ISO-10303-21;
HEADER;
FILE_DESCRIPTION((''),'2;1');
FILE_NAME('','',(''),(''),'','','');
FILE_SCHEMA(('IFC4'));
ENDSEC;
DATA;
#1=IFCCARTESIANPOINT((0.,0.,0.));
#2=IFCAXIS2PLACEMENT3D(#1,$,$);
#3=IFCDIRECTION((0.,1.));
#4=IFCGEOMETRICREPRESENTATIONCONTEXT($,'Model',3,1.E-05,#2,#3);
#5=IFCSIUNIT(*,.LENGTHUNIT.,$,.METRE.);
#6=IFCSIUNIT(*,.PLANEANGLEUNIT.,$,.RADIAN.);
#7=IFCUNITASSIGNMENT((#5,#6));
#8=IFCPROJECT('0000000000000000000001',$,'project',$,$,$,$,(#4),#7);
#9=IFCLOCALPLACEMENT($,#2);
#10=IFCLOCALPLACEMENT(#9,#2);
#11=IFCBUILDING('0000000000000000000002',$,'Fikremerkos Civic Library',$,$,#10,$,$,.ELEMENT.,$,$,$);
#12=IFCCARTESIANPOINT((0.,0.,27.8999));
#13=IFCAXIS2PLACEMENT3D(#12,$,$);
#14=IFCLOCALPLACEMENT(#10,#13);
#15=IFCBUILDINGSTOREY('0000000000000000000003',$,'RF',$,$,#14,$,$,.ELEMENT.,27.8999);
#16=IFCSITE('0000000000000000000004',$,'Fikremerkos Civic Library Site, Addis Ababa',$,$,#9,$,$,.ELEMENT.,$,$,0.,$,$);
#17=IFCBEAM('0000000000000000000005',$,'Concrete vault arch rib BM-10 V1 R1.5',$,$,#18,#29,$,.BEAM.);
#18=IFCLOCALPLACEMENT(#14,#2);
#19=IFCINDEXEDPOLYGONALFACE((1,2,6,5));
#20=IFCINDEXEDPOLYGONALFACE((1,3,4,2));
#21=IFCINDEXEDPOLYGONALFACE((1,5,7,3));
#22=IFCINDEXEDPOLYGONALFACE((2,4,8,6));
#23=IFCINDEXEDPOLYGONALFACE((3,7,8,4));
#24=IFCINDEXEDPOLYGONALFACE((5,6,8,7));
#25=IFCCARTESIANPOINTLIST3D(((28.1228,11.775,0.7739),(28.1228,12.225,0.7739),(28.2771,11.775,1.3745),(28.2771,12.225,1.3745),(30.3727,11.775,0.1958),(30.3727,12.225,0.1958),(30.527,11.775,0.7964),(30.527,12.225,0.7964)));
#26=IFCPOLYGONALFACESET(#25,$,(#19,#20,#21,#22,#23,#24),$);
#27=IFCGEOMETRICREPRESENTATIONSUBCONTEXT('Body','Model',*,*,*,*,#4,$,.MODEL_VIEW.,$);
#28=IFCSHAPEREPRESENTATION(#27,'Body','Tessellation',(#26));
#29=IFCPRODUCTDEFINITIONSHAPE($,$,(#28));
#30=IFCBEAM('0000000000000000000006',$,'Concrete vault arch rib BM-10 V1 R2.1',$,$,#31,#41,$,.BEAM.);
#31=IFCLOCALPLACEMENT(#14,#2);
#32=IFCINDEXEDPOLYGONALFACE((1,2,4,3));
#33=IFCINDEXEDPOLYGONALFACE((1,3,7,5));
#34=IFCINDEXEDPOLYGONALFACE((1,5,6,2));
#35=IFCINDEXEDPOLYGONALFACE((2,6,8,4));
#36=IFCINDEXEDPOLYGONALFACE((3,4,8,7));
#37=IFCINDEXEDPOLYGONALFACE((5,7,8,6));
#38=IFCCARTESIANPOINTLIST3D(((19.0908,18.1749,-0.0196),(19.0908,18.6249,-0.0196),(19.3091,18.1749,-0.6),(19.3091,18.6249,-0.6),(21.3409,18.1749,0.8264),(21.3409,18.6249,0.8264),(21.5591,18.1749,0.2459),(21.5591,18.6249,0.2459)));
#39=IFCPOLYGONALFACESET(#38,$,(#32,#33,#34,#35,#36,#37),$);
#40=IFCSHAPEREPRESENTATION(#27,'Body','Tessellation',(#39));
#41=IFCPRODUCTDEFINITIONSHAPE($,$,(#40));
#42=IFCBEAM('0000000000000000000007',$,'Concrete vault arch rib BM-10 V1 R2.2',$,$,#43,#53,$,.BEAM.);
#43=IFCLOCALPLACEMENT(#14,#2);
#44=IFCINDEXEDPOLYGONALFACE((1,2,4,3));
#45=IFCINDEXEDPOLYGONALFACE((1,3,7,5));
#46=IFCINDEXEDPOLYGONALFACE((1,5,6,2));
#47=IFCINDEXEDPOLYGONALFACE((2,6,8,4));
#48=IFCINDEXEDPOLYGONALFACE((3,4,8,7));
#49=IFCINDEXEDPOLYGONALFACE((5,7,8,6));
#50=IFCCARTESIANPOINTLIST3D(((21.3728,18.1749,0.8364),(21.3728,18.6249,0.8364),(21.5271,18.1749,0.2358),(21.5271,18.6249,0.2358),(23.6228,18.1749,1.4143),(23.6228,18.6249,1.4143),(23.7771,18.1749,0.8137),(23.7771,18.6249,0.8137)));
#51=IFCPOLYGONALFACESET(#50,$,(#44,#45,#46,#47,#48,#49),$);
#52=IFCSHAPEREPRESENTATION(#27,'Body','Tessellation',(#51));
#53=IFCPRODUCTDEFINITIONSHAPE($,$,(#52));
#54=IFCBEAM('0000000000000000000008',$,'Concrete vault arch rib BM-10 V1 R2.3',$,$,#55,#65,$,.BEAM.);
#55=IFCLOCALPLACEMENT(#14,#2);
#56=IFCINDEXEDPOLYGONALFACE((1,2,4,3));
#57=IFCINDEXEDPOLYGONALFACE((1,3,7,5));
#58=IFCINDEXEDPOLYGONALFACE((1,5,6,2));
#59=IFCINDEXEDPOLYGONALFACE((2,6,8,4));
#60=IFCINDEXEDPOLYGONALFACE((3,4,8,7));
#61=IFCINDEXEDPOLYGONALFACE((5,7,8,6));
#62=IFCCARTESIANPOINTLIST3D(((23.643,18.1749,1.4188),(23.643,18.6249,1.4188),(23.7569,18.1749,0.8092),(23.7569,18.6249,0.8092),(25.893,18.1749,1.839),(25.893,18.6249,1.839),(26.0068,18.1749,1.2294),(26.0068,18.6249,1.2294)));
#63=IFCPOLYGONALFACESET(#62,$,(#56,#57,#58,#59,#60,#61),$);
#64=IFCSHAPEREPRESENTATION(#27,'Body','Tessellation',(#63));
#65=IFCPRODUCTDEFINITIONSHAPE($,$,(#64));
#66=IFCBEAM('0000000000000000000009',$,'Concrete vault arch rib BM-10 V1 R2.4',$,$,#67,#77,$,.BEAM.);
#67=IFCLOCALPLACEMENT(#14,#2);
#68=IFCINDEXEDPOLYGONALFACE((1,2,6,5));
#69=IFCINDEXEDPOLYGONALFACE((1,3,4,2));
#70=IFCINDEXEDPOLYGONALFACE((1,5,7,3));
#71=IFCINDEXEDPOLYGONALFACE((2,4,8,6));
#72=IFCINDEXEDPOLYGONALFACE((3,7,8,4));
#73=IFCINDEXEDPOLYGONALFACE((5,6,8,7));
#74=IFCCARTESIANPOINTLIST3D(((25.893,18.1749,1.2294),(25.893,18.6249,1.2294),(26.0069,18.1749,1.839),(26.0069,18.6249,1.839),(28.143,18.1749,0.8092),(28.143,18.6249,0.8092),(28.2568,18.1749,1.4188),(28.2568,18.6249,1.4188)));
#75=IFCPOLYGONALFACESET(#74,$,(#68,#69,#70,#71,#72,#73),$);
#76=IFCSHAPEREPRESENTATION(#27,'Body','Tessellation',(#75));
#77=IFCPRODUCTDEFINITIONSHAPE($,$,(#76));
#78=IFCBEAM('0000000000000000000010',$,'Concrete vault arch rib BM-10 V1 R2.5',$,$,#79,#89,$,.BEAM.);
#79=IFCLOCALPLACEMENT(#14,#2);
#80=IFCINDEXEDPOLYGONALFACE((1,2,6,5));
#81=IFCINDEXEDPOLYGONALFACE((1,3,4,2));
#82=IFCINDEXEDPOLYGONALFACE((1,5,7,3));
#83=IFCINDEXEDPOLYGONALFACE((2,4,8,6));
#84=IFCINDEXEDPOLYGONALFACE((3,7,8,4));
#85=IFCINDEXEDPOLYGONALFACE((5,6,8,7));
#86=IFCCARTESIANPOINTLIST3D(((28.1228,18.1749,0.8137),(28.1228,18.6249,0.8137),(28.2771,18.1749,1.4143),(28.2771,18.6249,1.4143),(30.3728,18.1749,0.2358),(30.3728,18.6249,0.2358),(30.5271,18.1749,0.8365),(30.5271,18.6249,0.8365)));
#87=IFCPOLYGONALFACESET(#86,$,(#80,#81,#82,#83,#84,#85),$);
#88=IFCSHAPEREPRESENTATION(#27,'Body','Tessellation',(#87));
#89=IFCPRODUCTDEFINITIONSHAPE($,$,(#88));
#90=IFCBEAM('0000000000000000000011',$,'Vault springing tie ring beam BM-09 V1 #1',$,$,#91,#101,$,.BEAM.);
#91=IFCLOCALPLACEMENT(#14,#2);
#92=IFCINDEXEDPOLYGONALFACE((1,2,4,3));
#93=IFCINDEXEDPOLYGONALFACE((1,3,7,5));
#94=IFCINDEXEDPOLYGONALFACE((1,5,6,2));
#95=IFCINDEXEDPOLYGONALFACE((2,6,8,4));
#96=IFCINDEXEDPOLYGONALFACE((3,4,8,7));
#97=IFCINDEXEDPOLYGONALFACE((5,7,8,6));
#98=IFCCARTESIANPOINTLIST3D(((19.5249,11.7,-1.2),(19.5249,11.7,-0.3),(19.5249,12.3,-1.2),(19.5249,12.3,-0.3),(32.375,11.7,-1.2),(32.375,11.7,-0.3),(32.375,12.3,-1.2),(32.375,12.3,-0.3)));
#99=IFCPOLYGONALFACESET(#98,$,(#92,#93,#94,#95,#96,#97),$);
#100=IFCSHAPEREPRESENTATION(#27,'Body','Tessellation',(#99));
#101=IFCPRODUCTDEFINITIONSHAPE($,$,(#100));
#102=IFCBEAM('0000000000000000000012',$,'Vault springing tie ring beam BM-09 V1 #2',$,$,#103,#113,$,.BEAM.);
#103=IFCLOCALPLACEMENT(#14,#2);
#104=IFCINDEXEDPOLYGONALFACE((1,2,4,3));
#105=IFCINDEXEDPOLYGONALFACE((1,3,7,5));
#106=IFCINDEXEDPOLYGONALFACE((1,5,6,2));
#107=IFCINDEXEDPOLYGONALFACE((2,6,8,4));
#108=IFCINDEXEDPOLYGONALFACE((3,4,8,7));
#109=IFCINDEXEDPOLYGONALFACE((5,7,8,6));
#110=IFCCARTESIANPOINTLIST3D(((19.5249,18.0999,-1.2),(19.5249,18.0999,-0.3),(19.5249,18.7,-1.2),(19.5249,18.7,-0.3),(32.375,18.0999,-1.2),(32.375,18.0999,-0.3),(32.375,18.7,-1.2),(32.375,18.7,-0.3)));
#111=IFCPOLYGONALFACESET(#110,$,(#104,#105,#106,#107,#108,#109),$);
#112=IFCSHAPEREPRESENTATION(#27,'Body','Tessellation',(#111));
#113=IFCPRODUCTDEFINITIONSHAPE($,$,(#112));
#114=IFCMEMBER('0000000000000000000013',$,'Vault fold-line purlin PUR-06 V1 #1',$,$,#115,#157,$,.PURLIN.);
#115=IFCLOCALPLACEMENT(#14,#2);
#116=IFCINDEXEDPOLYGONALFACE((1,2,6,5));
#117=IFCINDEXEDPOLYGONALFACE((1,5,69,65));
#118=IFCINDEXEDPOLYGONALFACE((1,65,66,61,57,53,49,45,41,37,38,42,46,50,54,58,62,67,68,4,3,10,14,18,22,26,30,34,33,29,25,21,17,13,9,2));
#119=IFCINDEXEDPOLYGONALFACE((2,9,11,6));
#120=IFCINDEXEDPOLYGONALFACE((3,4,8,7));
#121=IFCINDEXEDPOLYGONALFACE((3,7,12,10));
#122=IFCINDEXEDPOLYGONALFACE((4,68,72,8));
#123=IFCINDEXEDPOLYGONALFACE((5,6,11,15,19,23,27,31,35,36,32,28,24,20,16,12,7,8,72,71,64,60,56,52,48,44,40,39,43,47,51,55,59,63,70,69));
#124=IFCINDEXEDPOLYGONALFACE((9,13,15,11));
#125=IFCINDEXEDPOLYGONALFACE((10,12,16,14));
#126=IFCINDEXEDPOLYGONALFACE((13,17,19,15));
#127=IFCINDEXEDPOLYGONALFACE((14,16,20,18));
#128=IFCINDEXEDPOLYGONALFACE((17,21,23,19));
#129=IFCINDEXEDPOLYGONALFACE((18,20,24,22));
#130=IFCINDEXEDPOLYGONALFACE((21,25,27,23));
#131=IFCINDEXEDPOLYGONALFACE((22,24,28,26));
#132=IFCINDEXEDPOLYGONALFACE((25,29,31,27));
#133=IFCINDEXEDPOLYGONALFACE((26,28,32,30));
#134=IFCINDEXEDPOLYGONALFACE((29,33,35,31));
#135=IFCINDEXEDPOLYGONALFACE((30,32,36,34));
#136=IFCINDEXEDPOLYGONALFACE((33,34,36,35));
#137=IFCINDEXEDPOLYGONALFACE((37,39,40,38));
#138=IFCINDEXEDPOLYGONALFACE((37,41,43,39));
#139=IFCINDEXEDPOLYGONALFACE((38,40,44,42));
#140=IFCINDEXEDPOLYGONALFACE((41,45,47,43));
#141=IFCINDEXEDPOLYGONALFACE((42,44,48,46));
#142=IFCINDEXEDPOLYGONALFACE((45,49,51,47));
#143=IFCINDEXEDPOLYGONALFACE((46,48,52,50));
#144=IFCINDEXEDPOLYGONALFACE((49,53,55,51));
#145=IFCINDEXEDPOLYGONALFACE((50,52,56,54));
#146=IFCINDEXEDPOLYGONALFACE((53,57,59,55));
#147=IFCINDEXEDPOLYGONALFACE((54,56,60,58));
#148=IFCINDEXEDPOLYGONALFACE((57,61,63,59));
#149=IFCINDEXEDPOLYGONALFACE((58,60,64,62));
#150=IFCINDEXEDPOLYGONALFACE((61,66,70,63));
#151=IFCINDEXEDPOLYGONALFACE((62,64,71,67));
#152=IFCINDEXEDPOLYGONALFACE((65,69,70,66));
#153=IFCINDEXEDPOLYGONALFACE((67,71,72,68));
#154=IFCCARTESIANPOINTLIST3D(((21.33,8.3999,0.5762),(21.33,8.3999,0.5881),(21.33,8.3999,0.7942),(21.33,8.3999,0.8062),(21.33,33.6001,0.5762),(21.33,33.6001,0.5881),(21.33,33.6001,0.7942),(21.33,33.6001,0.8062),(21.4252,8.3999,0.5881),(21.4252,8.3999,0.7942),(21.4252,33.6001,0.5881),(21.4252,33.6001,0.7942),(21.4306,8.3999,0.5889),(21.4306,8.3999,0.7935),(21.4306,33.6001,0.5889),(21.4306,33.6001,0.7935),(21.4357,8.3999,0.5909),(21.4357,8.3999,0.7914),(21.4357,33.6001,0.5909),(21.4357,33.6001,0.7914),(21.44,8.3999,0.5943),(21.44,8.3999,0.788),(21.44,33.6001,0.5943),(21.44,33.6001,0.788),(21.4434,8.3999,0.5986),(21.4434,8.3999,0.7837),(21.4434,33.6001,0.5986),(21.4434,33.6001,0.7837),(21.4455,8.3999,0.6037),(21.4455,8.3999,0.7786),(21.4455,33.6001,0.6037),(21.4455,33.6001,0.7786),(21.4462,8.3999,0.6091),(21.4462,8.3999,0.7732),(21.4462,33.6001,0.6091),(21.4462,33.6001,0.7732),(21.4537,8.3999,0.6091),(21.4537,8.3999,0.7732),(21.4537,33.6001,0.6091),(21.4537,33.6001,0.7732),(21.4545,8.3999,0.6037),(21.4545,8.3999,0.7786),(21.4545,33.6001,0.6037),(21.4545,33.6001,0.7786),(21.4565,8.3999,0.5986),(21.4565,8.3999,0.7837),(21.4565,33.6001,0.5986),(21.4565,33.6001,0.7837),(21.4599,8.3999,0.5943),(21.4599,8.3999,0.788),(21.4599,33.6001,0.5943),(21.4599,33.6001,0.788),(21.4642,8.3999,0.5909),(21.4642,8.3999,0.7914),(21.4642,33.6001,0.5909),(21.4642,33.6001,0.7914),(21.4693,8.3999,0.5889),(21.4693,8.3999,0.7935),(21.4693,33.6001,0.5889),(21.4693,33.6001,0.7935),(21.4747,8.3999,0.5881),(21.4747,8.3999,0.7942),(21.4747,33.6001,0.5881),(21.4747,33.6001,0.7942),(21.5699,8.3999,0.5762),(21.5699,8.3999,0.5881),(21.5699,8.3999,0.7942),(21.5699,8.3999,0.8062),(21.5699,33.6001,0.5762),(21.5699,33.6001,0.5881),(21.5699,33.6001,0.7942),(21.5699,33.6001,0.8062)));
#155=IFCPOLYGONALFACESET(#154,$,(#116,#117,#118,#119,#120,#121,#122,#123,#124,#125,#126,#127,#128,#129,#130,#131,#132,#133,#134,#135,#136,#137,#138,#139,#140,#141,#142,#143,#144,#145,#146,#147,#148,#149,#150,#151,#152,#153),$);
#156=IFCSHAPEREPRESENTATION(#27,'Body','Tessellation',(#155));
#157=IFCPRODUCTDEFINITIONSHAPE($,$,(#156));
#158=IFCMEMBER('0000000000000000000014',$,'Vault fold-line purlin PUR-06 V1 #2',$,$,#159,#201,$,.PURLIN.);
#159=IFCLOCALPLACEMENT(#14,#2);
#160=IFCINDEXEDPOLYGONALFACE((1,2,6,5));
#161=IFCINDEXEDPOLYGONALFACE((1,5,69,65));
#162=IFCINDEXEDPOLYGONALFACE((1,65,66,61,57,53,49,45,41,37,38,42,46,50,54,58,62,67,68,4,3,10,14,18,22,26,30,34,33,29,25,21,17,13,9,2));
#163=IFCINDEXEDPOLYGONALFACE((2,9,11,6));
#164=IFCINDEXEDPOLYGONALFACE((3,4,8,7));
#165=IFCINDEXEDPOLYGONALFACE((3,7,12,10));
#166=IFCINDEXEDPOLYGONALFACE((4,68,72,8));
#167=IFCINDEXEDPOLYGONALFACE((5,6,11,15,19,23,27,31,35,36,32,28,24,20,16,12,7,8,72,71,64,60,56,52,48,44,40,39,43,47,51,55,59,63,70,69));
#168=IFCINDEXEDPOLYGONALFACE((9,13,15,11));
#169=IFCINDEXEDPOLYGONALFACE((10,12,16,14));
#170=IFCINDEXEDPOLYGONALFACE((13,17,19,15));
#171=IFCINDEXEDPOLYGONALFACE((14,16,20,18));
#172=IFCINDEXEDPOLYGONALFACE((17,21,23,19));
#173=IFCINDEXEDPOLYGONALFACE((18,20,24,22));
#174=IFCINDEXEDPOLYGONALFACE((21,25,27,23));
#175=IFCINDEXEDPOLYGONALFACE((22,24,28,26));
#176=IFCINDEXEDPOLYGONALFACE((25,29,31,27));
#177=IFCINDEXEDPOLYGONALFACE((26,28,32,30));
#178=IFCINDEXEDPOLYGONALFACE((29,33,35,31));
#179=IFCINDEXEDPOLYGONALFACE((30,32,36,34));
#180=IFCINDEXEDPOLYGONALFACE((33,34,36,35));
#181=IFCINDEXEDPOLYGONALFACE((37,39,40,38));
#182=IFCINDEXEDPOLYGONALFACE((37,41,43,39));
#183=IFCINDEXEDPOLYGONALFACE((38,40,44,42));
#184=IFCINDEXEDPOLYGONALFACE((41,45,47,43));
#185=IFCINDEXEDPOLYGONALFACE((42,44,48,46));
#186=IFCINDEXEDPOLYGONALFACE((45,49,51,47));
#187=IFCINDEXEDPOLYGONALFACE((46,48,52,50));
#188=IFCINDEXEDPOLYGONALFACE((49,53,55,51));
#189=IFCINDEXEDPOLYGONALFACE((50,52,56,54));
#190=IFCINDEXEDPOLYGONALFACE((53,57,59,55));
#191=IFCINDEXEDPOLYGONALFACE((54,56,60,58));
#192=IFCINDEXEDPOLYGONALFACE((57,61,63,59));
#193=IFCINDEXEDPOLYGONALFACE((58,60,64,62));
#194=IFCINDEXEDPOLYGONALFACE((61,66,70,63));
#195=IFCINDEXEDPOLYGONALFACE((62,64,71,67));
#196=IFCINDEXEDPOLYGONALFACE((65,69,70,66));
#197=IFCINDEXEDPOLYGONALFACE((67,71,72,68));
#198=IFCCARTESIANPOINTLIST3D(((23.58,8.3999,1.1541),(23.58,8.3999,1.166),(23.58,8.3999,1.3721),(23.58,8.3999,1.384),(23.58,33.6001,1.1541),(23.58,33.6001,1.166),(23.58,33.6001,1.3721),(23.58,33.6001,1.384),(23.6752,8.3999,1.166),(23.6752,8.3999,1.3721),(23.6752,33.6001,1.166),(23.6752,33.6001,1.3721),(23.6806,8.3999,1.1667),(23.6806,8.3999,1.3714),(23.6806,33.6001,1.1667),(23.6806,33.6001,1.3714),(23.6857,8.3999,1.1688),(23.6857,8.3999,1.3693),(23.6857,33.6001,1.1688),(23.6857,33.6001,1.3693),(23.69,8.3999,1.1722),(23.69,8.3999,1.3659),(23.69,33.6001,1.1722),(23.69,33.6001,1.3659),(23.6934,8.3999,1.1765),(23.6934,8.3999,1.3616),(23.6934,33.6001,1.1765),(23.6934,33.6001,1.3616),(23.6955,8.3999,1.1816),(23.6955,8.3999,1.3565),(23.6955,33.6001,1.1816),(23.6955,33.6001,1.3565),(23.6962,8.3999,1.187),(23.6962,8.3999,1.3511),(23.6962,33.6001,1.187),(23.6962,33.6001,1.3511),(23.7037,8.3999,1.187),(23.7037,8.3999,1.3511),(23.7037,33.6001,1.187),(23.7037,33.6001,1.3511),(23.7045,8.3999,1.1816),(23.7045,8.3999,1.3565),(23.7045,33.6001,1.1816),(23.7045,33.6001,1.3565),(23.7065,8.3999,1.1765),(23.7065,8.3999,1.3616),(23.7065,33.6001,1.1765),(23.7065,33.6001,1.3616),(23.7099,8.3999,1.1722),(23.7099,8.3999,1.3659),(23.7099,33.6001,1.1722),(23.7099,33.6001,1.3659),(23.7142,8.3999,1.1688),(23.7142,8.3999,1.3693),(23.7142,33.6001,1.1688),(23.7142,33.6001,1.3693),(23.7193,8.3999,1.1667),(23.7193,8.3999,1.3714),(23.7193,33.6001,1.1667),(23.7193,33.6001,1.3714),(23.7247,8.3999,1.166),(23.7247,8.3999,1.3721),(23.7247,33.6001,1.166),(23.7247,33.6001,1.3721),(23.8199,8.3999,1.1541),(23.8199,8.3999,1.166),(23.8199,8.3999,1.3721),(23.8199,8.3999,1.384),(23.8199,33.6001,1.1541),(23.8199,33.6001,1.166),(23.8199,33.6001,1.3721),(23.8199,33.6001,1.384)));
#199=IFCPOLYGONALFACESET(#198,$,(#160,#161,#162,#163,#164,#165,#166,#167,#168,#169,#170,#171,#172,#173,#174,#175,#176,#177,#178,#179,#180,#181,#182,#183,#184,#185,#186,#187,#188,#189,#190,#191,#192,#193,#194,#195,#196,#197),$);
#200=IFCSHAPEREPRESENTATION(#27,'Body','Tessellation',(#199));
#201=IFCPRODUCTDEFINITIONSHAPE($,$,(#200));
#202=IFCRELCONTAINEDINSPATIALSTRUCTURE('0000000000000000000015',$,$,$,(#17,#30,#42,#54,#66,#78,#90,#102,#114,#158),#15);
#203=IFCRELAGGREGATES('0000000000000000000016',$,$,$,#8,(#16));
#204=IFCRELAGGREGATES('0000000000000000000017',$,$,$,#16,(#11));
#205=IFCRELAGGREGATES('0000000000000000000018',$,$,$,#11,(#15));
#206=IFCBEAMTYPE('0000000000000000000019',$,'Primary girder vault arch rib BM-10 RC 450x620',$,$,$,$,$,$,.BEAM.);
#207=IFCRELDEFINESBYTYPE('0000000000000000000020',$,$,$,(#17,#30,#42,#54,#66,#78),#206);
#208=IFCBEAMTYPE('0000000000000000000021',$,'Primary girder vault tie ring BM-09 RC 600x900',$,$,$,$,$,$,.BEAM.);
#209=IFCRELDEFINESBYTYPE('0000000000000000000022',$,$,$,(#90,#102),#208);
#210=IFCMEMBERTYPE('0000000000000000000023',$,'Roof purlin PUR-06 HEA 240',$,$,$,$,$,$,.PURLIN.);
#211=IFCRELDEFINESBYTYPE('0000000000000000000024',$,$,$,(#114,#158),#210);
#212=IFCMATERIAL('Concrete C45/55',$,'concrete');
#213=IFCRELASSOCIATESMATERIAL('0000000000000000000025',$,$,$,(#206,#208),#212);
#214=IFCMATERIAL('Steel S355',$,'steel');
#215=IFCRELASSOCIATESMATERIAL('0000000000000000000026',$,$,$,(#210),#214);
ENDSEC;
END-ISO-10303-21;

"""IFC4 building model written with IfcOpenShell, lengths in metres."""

from ifc_helpers import new_model, si_unit, direction, frame, origin, origin_2d, place, context, subcontext, project, spatial, rectangle, i_section, extrude, material, material_profile, profile_set, type_object, element, save


model = new_model("IFC4")

# Units and contexts
model_context = context("Model", 3, precision=1e-05, world=origin(), true_north=direction((0.0, 1.0)))
body_context = subcontext(model_context, "Body", "Model", "MODEL_VIEW")
ifc_project = project(units=[si_unit("LENGTHUNIT", "METRE"), si_unit("PLANEANGLEUNIT", "RADIAN")], contexts=[model_context])

# Site, building, storey
site_placement = place(None, origin())
site = spatial("IfcSite", under=ifc_project, at=site_placement, Name="Fikremerkos Civic Library Site, Addis Ababa", CompositionType="ELEMENT", RefElevation=0.0)
building_placement = place(site_placement, origin())
building = spatial("IfcBuilding", under=site, at=building_placement, Name="Fikremerkos Civic Library", CompositionType="ELEMENT")
storey_placement = place(building_placement, frame((0.0, 0.0, 27.8999)))
storey = spatial("IfcBuildingStorey", under=building, at=storey_placement, Name="RF", CompositionType="ELEMENT", Elevation=27.8999)

# Shared definitions
ifc_material_1 = material(Name="Steel S355", Category="steel")

# Beams
ifc_material_2 = material(Name="Concrete C45/55", Category="concrete")
ifc_material_profile_1 = material_profile(ifc_material_2, rectangle(XDim=0.45, YDim=0.6201, at=origin_2d()), Name="RC 450x620")
ifc_profile_set_1 = profile_set([ifc_material_profile_1], Name="Concrete C45/55")
beam_type_1 = type_object("IfcBeamType", Name="Primary girder vault arch rib BM-10 RC 450x620", PredefinedType="BEAM", material=ifc_profile_set_1)
beam_1_placement = place(storey_placement, frame((28.2, 12.0, 1.0742), z_axis=(0.968539, 0.0, -0.248861), x_axis=(0.0, 1.0, 0.0)))
element("IfcBeam", 1, at=beam_1_placement, inside=storey, type_object=beam_type_1, Name="Concrete vault arch rib BM-10 V1 R1.5", PredefinedType="BEAM", context=body_context, shape_type="SweptSolid", body=[
    extrude(rectangle(XDim=0.45, YDim=0.6201, at=origin_2d()), origin(), (0.0, 0.0, 1.0), 2.323),
])
beam_2_placement = place(storey_placement, frame((19.2, 18.3999, -0.3098), z_axis=(0.936028, 0.0, 0.351925), x_axis=(0.0, 1.0, 0.0)))
element("IfcBeam", 2, at=beam_2_placement, inside=storey, type_object=beam_type_1, Name="Concrete vault arch rib BM-10 V1 R2.1", PredefinedType="BEAM", context=body_context, shape_type="SweptSolid", body=[
    extrude(rectangle(XDim=0.45, YDim=0.6201, at=origin_2d()), origin(), (0.0, 0.0, 1.0), 2.4038),
])
beam_3_placement = place(storey_placement, frame((21.45, 18.3999, 0.5361), z_axis=(0.968565, 0.0, 0.248762), x_axis=(0.0, 1.0, 0.0)))
element("IfcBeam", 3, at=beam_3_placement, inside=storey, type_object=beam_type_1, Name="Concrete vault arch rib BM-10 V1 R2.2", PredefinedType="BEAM", context=body_context, shape_type="SweptSolid", body=[
    extrude(rectangle(XDim=0.45, YDim=0.6201, at=origin_2d()), origin(), (0.0, 0.0, 1.0), 2.323),
])
for number, where, z_axis, x_axis, name in (
    (4, (23.7, 18.3999, 1.114), (0.983007, 0.0, 0.183567), (0.0, 1.0, 0.0), "Concrete vault arch rib BM-10 V1 R2.3"),
    (5, (25.95, 18.3999, 1.5342), (0.983007, 0.0, -0.183567), (0.0, 1.0, 0.0), "Concrete vault arch rib BM-10 V1 R2.4"),
):
    element("IfcBeam", number, at=place(storey_placement, frame(where, z_axis=z_axis, x_axis=x_axis)), inside=storey, type_object=beam_type_1, Name=name, PredefinedType="BEAM", context=body_context, shape_type="SweptSolid", body=[
        extrude(rectangle(XDim=0.45, YDim=0.6201, at=origin_2d()), origin(), (0.0, 0.0, 1.0), 2.2888),
    ])
beam_4_placement = place(storey_placement, frame((28.2, 18.3999, 1.114), z_axis=(0.968565, 0.0, -0.248762), x_axis=(0.0, 1.0, 0.0)))
element("IfcBeam", 6, at=beam_4_placement, inside=storey, type_object=beam_type_1, Name="Concrete vault arch rib BM-10 V1 R2.5", PredefinedType="BEAM", context=body_context, shape_type="SweptSolid", body=[
    extrude(rectangle(XDim=0.45, YDim=0.6201, at=origin_2d()), origin(), (0.0, 0.0, 1.0), 2.323),
])
ifc_material_profile_2 = material_profile(ifc_material_2, rectangle(XDim=0.6001, YDim=0.8999, at=origin_2d()), Name="RC 600x900")
ifc_profile_set_2 = profile_set([ifc_material_profile_2], Name="Concrete C45/55")
beam_type_2 = type_object("IfcBeamType", Name="Primary girder vault tie ring BM-09 RC 600x900", PredefinedType="BEAM", material=ifc_profile_set_2)
for number, where, z_axis, x_axis, name in (
    (7, (19.5249, 12.0, -0.75), (1.0, 0.0, 0.0), (0.0, 1.0, 0.0), "Vault springing tie ring beam BM-09 V1 #1"),
    (8, (19.5249, 18.3999, -0.75), (1.0, 0.0, 0.0), (0.0, 1.0, 0.0), "Vault springing tie ring beam BM-09 V1 #2"),
):
    element("IfcBeam", number, at=place(storey_placement, frame(where, z_axis=z_axis, x_axis=x_axis)), inside=storey, type_object=beam_type_2, Name=name, PredefinedType="BEAM", context=body_context, shape_type="SweptSolid", body=[
        extrude(rectangle(XDim=0.6001, YDim=0.8999, at=origin_2d()), origin(), (0.0, 0.0, 1.0), 12.8501),
    ])

# Members
ifc_material_profile_3 = material_profile(ifc_material_1, i_section(OverallWidth=0.24, OverallDepth=0.23, WebThickness=0.0076, FlangeThickness=0.012, FilletRadius=0.021, at=origin_2d()), Name="HEA 240")
ifc_profile_set_3 = profile_set([ifc_material_profile_3], Name="Steel S355")
member_type_1 = type_object("IfcMemberType", Name="Roof purlin PUR-06 HEA 240", PredefinedType="PURLIN", material=ifc_profile_set_3)
for number, where, z_axis, x_axis, name in (
    (9, (21.45, 8.3999, 0.6912), (0.0, 1.0, 0.0), (-1.0, 0.0, 0.0), "Vault fold-line purlin PUR-06 V1 #1"),
    (10, (23.7, 8.3999, 1.269), (0.0, 1.0, 0.0), (-1.0, 0.0, 0.0), "Vault fold-line purlin PUR-06 V1 #2"),
):
    element("IfcMember", number, at=place(storey_placement, frame(where, z_axis=z_axis, x_axis=x_axis)), inside=storey, type_object=member_type_1, Name=name, PredefinedType="PURLIN", context=body_context, shape_type="SweptSolid", body=[
        extrude(i_section(OverallWidth=0.24, OverallDepth=0.23, WebThickness=0.0076, FlangeThickness=0.012, FilletRadius=0.021, at=origin_2d()), origin(), (0.0, 0.0, 1.0), 25.2002),
    ])

save(model, "model.ifc")
